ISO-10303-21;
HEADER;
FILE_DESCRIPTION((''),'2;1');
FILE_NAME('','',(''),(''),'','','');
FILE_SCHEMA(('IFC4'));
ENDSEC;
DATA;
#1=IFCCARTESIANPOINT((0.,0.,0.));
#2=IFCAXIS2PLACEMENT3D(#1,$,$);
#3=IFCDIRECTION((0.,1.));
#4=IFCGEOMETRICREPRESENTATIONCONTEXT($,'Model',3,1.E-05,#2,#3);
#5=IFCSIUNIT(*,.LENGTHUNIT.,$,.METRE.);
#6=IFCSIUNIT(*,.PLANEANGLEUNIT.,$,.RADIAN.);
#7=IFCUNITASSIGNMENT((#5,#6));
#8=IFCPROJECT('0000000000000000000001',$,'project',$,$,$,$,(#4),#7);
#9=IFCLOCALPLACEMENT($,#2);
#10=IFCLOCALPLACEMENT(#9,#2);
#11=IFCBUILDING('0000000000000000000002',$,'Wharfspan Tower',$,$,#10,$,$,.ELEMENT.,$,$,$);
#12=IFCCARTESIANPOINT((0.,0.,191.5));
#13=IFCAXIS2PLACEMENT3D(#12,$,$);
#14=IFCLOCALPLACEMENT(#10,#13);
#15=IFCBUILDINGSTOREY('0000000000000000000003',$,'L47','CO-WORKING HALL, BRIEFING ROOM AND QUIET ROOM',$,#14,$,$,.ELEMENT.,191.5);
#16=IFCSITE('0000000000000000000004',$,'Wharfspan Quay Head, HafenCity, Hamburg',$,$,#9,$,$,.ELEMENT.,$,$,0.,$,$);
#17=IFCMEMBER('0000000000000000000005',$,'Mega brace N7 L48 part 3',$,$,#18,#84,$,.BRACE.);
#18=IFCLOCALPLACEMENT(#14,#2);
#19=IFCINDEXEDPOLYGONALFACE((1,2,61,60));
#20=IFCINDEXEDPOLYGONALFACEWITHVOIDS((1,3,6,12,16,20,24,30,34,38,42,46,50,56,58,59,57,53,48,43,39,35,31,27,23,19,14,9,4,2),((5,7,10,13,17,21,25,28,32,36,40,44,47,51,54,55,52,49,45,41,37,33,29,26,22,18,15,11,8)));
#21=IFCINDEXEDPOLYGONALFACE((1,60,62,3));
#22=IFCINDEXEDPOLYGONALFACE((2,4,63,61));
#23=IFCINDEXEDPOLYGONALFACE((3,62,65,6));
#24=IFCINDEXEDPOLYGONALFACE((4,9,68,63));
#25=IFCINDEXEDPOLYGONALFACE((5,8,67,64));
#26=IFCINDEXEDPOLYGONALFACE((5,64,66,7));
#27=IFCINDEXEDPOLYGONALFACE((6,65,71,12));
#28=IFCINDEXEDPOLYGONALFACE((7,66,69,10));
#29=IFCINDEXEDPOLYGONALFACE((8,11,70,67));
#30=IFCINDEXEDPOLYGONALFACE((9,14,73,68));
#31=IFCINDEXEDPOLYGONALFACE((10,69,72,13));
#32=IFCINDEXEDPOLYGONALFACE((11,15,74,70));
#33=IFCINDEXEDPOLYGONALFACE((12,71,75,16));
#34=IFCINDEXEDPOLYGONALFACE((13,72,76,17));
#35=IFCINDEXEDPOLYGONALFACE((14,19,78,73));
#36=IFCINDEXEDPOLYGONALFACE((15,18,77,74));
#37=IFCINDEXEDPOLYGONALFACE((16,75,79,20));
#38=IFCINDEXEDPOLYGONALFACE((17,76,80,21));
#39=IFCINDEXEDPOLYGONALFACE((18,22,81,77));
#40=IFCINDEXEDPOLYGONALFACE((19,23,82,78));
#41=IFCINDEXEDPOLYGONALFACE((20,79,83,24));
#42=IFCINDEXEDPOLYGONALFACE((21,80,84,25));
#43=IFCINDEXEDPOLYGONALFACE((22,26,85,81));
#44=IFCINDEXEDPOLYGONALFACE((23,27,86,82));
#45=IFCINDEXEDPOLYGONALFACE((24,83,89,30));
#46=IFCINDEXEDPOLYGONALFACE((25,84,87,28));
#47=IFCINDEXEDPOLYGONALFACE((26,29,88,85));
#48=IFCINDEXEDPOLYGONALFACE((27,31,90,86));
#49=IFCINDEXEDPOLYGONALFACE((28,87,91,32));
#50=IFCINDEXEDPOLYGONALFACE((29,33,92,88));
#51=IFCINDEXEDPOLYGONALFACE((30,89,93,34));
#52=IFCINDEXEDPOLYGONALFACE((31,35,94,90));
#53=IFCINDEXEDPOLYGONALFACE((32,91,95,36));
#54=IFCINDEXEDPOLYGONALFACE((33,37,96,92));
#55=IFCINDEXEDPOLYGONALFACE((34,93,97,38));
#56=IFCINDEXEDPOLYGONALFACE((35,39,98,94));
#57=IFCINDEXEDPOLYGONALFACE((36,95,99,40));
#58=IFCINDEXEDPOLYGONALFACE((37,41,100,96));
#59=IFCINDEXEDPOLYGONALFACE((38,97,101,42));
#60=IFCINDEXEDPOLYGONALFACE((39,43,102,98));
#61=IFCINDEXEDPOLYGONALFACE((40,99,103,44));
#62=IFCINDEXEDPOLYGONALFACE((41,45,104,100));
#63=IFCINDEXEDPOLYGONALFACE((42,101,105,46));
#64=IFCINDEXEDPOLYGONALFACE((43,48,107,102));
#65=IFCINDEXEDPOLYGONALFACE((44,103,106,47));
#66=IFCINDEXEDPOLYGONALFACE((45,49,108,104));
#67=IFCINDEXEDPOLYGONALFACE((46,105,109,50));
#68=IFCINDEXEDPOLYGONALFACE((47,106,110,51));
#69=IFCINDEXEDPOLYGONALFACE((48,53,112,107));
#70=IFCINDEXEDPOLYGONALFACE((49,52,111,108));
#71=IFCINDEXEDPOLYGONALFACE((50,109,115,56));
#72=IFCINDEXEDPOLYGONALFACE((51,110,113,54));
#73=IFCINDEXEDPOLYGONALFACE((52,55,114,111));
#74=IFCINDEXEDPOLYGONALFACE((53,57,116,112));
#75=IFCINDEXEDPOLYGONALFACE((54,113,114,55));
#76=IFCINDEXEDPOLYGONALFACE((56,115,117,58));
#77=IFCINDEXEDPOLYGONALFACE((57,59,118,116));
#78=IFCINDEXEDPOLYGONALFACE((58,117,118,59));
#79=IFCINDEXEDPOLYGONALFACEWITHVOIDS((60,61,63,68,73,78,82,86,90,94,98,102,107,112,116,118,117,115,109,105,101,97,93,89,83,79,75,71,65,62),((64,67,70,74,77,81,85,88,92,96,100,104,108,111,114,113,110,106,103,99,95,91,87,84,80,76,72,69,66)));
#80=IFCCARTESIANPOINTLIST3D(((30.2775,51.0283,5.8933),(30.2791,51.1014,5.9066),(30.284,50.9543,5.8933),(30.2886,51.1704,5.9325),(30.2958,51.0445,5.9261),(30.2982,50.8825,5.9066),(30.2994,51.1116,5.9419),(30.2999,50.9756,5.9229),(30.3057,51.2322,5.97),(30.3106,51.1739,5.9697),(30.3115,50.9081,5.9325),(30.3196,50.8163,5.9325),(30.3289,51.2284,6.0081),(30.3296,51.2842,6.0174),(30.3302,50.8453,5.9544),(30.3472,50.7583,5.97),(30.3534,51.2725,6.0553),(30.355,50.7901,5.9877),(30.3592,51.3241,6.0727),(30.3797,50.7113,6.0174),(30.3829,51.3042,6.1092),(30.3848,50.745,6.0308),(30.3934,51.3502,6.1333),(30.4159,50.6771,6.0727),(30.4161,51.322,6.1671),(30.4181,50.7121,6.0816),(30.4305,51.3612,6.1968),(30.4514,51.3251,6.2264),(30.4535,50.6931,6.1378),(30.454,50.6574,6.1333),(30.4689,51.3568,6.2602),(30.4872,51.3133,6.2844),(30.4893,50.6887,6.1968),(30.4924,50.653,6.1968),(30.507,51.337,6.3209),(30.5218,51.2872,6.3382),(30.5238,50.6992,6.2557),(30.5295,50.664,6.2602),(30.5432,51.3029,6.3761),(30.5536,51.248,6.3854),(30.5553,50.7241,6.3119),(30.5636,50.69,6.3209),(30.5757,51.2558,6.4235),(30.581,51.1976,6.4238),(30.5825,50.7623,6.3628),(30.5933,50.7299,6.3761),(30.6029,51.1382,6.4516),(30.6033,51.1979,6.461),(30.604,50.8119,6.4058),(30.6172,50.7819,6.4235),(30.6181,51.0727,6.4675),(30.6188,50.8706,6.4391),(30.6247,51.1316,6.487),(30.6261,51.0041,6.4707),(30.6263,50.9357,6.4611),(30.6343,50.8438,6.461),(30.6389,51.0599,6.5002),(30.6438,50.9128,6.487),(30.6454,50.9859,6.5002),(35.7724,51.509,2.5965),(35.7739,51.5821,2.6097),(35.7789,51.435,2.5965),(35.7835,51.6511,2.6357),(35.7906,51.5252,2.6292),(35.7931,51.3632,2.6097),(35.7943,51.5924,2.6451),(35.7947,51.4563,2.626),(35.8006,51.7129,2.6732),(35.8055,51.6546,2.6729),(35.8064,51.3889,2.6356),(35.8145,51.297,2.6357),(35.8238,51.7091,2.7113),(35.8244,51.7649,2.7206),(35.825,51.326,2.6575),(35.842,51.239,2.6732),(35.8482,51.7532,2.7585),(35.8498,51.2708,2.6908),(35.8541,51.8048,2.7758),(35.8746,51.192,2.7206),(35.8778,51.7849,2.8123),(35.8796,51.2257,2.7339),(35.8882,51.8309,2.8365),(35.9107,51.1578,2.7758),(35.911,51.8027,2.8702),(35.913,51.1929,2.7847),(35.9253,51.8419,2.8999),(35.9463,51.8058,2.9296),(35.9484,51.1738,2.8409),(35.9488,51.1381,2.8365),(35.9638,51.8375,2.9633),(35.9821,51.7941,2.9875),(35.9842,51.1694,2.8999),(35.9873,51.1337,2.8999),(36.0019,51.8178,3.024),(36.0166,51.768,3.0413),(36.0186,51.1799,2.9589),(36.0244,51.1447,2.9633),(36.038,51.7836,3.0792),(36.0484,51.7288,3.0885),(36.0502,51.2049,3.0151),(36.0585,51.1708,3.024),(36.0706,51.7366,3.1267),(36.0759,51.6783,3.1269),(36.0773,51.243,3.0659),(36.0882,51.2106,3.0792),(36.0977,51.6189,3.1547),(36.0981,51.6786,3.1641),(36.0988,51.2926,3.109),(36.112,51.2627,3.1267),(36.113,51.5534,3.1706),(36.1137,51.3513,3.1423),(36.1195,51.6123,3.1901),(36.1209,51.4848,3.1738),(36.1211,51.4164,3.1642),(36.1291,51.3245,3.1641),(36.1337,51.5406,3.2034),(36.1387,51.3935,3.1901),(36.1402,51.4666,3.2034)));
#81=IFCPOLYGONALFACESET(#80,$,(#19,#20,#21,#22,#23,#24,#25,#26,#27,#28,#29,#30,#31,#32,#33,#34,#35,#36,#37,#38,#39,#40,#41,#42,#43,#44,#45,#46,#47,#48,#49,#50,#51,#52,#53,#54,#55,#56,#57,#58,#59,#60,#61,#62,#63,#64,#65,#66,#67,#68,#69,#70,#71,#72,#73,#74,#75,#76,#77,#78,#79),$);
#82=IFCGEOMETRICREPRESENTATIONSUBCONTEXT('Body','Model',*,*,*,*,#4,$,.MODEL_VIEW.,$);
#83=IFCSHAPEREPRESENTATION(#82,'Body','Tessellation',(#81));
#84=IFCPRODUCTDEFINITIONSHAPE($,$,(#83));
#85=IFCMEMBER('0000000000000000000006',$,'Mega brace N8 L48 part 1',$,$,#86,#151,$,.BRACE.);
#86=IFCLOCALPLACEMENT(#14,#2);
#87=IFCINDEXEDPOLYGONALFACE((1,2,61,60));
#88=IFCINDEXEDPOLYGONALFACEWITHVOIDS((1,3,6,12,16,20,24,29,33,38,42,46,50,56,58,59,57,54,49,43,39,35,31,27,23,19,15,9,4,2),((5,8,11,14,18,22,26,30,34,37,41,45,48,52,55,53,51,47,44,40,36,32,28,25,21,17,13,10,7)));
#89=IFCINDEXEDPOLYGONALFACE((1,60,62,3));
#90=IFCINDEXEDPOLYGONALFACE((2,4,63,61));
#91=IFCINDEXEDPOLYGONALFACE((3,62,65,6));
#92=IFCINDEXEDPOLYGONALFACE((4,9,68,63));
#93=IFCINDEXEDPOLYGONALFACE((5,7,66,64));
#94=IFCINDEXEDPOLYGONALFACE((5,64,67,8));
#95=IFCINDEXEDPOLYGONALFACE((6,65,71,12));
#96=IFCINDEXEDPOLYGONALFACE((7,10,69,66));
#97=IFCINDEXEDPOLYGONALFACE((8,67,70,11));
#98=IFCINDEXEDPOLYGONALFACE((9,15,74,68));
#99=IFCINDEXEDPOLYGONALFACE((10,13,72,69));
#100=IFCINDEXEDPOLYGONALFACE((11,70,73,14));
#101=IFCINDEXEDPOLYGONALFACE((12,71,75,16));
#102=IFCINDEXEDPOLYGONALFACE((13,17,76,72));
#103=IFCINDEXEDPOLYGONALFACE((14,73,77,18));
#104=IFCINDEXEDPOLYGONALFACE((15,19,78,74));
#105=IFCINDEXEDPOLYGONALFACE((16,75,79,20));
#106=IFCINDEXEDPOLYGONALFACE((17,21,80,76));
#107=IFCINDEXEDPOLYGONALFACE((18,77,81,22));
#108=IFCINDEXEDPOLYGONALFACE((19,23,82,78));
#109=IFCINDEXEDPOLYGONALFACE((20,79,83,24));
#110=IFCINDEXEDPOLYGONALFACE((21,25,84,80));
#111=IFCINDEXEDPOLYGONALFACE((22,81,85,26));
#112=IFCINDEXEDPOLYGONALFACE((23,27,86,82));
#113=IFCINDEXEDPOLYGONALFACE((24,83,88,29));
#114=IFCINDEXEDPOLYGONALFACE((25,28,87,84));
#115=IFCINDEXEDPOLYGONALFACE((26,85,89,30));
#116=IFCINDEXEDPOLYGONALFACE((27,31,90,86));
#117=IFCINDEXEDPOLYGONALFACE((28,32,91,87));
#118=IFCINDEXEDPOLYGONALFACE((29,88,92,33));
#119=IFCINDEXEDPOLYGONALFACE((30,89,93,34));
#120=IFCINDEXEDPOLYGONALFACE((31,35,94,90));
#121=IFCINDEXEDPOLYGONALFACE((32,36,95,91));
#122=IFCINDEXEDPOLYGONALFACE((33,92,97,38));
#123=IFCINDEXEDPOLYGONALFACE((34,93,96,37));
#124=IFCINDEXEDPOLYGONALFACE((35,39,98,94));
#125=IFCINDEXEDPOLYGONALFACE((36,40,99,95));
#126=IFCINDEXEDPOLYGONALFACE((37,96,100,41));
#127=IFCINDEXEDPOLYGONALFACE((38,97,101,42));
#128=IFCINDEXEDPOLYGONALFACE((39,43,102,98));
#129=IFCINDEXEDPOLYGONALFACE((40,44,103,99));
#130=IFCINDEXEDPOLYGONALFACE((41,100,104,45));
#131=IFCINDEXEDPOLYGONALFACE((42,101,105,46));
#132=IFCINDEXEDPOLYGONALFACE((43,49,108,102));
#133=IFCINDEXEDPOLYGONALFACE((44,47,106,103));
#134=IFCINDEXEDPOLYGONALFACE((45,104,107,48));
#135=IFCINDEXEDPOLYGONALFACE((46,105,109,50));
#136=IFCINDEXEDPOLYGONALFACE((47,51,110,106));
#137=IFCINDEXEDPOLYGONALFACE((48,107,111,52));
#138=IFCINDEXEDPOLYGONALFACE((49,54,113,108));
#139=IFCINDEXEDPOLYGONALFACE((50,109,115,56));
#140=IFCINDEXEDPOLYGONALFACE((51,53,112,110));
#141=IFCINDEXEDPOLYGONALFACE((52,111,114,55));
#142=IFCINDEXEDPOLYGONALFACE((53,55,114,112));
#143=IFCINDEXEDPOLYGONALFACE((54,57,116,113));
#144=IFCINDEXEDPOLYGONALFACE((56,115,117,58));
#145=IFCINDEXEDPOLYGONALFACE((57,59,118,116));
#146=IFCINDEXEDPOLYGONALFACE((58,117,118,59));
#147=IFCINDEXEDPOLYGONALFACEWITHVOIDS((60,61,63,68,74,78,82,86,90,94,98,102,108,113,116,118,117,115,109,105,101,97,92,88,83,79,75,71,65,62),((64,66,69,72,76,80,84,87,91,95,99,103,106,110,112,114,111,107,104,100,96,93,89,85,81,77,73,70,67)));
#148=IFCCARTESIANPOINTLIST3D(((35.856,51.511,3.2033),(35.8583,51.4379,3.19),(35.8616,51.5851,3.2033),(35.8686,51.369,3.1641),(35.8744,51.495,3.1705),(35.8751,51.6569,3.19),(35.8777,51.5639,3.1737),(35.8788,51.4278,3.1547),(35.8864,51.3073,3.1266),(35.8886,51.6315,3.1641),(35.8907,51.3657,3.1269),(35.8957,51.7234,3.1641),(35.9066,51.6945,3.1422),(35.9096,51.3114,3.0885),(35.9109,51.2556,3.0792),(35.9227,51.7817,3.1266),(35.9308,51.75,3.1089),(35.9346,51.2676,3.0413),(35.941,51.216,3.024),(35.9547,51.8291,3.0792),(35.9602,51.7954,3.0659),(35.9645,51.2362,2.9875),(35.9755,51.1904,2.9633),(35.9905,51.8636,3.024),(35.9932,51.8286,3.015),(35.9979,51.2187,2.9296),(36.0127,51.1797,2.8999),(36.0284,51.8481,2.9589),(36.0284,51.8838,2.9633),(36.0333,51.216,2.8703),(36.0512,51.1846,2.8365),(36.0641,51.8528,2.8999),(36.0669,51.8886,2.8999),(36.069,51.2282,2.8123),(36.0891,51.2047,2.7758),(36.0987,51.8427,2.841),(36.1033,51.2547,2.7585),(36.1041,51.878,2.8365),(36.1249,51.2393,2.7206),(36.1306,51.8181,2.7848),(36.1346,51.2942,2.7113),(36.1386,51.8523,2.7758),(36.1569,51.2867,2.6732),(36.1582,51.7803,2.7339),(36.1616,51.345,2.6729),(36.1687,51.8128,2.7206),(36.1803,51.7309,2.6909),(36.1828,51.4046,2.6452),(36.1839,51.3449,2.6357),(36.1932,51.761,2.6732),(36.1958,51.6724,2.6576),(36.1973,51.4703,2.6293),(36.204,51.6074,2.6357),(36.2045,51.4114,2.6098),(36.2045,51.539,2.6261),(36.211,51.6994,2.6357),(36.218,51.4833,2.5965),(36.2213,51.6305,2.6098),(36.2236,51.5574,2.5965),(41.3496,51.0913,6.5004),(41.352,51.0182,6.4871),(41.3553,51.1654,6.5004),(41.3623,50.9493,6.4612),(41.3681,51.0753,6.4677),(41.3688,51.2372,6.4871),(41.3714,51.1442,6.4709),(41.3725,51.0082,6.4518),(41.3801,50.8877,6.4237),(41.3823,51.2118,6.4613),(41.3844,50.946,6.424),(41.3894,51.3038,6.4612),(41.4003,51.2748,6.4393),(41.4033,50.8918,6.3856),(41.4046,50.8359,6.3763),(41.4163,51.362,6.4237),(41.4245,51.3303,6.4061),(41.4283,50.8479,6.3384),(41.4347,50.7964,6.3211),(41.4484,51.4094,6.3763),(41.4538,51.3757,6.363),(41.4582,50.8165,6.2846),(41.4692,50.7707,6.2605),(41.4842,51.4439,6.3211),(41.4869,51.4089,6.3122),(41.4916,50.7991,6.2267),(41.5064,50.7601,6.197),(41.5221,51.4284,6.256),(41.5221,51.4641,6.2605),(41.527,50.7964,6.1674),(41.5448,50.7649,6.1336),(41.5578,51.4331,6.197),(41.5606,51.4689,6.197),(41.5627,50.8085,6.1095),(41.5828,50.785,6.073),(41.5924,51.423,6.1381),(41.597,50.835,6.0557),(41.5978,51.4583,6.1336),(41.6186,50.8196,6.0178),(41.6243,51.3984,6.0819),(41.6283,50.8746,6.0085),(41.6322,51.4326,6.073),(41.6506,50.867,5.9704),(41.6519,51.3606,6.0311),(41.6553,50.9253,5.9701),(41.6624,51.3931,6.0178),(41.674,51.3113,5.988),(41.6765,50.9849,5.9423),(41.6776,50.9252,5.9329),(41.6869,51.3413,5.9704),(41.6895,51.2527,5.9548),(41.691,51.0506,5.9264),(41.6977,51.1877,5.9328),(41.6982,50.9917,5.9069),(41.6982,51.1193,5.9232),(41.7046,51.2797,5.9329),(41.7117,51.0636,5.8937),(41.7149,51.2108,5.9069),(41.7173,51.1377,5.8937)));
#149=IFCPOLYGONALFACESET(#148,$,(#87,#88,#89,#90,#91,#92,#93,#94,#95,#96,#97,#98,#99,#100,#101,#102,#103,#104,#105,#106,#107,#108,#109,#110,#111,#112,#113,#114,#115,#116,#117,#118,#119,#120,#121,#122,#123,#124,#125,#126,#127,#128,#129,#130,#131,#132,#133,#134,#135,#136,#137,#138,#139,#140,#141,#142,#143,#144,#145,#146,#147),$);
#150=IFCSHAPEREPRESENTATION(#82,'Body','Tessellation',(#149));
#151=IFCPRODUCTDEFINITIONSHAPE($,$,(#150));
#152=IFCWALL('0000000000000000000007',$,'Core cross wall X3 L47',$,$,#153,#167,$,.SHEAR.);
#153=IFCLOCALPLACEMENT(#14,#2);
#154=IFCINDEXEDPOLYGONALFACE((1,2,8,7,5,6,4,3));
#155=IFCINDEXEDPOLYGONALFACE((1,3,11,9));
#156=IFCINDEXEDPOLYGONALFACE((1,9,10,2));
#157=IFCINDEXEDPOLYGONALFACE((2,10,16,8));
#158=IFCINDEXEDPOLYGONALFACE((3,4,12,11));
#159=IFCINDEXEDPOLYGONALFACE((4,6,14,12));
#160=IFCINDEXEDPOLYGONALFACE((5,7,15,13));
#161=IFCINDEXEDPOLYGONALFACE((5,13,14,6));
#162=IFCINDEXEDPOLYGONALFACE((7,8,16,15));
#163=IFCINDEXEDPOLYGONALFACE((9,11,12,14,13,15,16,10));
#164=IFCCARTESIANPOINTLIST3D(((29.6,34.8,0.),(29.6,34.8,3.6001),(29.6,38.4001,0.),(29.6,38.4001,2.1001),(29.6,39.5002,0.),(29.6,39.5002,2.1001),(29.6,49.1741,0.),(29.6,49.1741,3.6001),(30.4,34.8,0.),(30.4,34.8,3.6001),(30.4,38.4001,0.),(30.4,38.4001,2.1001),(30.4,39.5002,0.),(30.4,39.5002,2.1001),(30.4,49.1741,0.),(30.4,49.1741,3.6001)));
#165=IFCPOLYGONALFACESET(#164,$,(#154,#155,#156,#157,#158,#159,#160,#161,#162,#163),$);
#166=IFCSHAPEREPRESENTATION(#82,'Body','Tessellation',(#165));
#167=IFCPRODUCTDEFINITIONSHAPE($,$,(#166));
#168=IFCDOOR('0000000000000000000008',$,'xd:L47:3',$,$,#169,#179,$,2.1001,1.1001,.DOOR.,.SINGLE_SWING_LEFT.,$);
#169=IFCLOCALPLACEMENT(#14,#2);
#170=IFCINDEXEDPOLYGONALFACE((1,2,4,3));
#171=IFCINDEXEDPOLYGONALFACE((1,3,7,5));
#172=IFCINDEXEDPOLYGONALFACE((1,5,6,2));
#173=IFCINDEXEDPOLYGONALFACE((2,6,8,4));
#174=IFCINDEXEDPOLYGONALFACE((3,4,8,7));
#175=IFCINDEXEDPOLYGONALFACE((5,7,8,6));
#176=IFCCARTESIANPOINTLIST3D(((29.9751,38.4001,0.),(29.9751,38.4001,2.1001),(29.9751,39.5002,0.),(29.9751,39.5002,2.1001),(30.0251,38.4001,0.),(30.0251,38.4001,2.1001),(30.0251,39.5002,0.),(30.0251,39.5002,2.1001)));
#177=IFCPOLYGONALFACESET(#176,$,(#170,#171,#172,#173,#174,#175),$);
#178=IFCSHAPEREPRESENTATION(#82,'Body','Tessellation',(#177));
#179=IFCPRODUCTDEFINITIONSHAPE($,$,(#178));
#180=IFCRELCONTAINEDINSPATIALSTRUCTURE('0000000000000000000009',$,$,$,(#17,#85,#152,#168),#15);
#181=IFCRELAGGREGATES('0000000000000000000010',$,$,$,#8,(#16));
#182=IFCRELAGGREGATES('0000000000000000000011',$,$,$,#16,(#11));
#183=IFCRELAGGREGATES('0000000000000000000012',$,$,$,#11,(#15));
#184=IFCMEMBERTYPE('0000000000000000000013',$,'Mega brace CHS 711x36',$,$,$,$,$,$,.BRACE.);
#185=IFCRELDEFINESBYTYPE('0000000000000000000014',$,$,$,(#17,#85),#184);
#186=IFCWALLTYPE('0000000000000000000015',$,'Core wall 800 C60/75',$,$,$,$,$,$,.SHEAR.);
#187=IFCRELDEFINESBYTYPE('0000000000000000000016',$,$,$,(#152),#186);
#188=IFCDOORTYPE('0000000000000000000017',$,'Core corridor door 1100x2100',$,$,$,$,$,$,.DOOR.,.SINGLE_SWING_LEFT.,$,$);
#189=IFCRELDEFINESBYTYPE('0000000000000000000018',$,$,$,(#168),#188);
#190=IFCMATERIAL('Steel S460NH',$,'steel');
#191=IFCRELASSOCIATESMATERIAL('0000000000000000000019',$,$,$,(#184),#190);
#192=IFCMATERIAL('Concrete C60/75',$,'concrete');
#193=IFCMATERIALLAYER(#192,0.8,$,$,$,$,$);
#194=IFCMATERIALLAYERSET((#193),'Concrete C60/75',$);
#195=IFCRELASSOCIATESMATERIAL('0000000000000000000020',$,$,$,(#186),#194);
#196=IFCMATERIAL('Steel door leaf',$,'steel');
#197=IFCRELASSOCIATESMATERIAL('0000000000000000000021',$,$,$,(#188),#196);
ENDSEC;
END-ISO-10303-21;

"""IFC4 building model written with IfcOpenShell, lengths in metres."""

from ifc_helpers import new_model, si_unit, direction, frame, frame_2d, origin, origin_2d, place, context, subcontext, project, spatial, rectangle, hollow_circle, extrude, material, layer, layer_set, material_profile, profile_set, type_object, element, fill, save


model = new_model("IFC4")

# Units and contexts
model_context = context("Model", 3, precision=1e-05, world=origin(), true_north=direction((0.0, 1.0)))
body_context = subcontext(model_context, "Body", "Model", "MODEL_VIEW")
ifc_project = project(units=[si_unit("LENGTHUNIT", "METRE"), si_unit("PLANEANGLEUNIT", "RADIAN")], contexts=[model_context])

# Site, building, storey
site_placement = place(None, origin())
site = spatial("IfcSite", under=ifc_project, at=site_placement, Name="Wharfspan Quay Head, HafenCity, Hamburg", CompositionType="ELEMENT", RefElevation=0.0)
building_placement = place(site_placement, origin())
building = spatial("IfcBuilding", under=site, at=building_placement, Name="Wharfspan Tower", CompositionType="ELEMENT")
storey_placement = place(building_placement, frame((0.0, 0.0, 191.5)))
storey = spatial("IfcBuildingStorey", under=building, at=storey_placement, Name="L47", Description="CO-WORKING HALL, BRIEFING ROOM AND QUIET ROOM", CompositionType="ELEMENT", Elevation=191.5)

# Members
ifc_material_1 = material(Name="Steel S460NH", Category="steel")
ifc_material_profile_1 = material_profile(ifc_material_1, hollow_circle(Radius=0.3555, WallThickness=0.0359, at=origin_2d()))
ifc_profile_set_1 = profile_set([ifc_material_profile_1], Name="Steel S460NH")
member_type = type_object("IfcMemberType", Name="Mega brace CHS 711x36", PredefinedType="BRACE", material=ifc_profile_set_1)
member_1_placement = place(storey_placement, frame((35.9563, 51.4878, 2.8999), z_axis=(-0.855094, -0.074807, 0.513049), x_axis=(0.087152, -0.996192, 0.000002)))
element("IfcMember", 1, at=member_1_placement, inside=storey, type_object=member_type, Name="Mega brace N7 L48 part 3", PredefinedType="BRACE", context=body_context, shape_type="SweptSolid", body=[
    extrude(hollow_circle(Radius=0.3555, WallThickness=0.0359, at=origin_2d()), origin(), (0.0, 0.0, 1.0), 6.426),
])
member_2_placement = place(storey_placement, frame((36.0398, 51.5342, 2.8999), z_axis=(0.855596, -0.065362, 0.513502), x_axis=(0.076171, 0.997095, 0.000001)))
element("IfcMember", 2, at=member_2_placement, inside=storey, type_object=member_type, Name="Mega brace N8 L48 part 1", PredefinedType="BRACE", context=body_context, shape_type="SweptSolid", body=[
    extrude(hollow_circle(Radius=0.3555, WallThickness=0.0359, at=origin_2d()), origin(), (0.0, 0.0, 1.0), 6.4209),
])

# Wall, opening, door
ifc_material_2 = material(Name="Concrete C60/75", Category="concrete")
ifc_layer_1 = layer(ifc_material_2, 0.8)
ifc_layer_set_1 = layer_set([ifc_layer_1], Name="Concrete C60/75")
wall_type_1 = type_object("IfcWallType", Name="Core wall 800 C60/75", PredefinedType="SHEAR", material=ifc_layer_set_1)
wall_1_placement = place(storey_placement, frame((30.0, 34.8, 0.0), z_axis=(0.0, 0.0, 1.0), x_axis=(0.0, 1.0, 0.0)))
wall_1 = element("IfcWall", 3, at=wall_1_placement, inside=storey, type_object=wall_type_1, Name="Core cross wall X3 L47", PredefinedType="SHEAR", context=body_context, shape_type="SweptSolid", body=[
    extrude(rectangle(XDim=14.374, YDim=0.8, at=frame_2d((7.187, 0.0))), origin(), (0.0, 0.0, 1.0), 3.6001),
])
opening_1_placement = place(wall_1_placement, frame((3.6001, 0.0, 0.0)))
opening_1 = element("IfcOpeningElement", 4, at=opening_1_placement, cuts=wall_1, PredefinedType="OPENING", context=body_context, shape_type="SweptSolid", body=[
    extrude(rectangle(XDim=1.1001, YDim=2.1001, at=frame_2d((0.55, 1.05))), frame((0.0, 0.4099, 0.0), z_axis=(0.0, -1.0, 0.0), x_axis=(1.0, 0.0, 0.0)), (0.0, 0.0, 1.0), 0.8201),
])
ifc_material_3 = material(Name="Steel door leaf", Category="steel")
door_type_1 = type_object("IfcDoorType", Name="Core corridor door 1100x2100", OperationType="SINGLE_SWING_LEFT", PredefinedType="DOOR", material=ifc_material_3)
door_1_placement = place(opening_1_placement, origin())
door_1 = element("IfcDoor", 5, at=door_1_placement, inside=storey, type_object=door_type_1, Name="xd:L47:3", OperationType="SINGLE_SWING_LEFT", OverallHeight=2.1001, OverallWidth=1.1001, PredefinedType="DOOR", context=body_context, shape_type="SweptSolid", body=[
    extrude(rectangle(XDim=1.1001, YDim=2.1001, at=frame_2d((0.55, 1.05))), frame((0.0, 0.0249, 0.0), z_axis=(0.0, -1.0, 0.0), x_axis=(1.0, 0.0, 0.0)), (0.0, 0.0, 1.0), 0.05),
])
fill(opening_1, door_1)

save(model, "model.ifc")
